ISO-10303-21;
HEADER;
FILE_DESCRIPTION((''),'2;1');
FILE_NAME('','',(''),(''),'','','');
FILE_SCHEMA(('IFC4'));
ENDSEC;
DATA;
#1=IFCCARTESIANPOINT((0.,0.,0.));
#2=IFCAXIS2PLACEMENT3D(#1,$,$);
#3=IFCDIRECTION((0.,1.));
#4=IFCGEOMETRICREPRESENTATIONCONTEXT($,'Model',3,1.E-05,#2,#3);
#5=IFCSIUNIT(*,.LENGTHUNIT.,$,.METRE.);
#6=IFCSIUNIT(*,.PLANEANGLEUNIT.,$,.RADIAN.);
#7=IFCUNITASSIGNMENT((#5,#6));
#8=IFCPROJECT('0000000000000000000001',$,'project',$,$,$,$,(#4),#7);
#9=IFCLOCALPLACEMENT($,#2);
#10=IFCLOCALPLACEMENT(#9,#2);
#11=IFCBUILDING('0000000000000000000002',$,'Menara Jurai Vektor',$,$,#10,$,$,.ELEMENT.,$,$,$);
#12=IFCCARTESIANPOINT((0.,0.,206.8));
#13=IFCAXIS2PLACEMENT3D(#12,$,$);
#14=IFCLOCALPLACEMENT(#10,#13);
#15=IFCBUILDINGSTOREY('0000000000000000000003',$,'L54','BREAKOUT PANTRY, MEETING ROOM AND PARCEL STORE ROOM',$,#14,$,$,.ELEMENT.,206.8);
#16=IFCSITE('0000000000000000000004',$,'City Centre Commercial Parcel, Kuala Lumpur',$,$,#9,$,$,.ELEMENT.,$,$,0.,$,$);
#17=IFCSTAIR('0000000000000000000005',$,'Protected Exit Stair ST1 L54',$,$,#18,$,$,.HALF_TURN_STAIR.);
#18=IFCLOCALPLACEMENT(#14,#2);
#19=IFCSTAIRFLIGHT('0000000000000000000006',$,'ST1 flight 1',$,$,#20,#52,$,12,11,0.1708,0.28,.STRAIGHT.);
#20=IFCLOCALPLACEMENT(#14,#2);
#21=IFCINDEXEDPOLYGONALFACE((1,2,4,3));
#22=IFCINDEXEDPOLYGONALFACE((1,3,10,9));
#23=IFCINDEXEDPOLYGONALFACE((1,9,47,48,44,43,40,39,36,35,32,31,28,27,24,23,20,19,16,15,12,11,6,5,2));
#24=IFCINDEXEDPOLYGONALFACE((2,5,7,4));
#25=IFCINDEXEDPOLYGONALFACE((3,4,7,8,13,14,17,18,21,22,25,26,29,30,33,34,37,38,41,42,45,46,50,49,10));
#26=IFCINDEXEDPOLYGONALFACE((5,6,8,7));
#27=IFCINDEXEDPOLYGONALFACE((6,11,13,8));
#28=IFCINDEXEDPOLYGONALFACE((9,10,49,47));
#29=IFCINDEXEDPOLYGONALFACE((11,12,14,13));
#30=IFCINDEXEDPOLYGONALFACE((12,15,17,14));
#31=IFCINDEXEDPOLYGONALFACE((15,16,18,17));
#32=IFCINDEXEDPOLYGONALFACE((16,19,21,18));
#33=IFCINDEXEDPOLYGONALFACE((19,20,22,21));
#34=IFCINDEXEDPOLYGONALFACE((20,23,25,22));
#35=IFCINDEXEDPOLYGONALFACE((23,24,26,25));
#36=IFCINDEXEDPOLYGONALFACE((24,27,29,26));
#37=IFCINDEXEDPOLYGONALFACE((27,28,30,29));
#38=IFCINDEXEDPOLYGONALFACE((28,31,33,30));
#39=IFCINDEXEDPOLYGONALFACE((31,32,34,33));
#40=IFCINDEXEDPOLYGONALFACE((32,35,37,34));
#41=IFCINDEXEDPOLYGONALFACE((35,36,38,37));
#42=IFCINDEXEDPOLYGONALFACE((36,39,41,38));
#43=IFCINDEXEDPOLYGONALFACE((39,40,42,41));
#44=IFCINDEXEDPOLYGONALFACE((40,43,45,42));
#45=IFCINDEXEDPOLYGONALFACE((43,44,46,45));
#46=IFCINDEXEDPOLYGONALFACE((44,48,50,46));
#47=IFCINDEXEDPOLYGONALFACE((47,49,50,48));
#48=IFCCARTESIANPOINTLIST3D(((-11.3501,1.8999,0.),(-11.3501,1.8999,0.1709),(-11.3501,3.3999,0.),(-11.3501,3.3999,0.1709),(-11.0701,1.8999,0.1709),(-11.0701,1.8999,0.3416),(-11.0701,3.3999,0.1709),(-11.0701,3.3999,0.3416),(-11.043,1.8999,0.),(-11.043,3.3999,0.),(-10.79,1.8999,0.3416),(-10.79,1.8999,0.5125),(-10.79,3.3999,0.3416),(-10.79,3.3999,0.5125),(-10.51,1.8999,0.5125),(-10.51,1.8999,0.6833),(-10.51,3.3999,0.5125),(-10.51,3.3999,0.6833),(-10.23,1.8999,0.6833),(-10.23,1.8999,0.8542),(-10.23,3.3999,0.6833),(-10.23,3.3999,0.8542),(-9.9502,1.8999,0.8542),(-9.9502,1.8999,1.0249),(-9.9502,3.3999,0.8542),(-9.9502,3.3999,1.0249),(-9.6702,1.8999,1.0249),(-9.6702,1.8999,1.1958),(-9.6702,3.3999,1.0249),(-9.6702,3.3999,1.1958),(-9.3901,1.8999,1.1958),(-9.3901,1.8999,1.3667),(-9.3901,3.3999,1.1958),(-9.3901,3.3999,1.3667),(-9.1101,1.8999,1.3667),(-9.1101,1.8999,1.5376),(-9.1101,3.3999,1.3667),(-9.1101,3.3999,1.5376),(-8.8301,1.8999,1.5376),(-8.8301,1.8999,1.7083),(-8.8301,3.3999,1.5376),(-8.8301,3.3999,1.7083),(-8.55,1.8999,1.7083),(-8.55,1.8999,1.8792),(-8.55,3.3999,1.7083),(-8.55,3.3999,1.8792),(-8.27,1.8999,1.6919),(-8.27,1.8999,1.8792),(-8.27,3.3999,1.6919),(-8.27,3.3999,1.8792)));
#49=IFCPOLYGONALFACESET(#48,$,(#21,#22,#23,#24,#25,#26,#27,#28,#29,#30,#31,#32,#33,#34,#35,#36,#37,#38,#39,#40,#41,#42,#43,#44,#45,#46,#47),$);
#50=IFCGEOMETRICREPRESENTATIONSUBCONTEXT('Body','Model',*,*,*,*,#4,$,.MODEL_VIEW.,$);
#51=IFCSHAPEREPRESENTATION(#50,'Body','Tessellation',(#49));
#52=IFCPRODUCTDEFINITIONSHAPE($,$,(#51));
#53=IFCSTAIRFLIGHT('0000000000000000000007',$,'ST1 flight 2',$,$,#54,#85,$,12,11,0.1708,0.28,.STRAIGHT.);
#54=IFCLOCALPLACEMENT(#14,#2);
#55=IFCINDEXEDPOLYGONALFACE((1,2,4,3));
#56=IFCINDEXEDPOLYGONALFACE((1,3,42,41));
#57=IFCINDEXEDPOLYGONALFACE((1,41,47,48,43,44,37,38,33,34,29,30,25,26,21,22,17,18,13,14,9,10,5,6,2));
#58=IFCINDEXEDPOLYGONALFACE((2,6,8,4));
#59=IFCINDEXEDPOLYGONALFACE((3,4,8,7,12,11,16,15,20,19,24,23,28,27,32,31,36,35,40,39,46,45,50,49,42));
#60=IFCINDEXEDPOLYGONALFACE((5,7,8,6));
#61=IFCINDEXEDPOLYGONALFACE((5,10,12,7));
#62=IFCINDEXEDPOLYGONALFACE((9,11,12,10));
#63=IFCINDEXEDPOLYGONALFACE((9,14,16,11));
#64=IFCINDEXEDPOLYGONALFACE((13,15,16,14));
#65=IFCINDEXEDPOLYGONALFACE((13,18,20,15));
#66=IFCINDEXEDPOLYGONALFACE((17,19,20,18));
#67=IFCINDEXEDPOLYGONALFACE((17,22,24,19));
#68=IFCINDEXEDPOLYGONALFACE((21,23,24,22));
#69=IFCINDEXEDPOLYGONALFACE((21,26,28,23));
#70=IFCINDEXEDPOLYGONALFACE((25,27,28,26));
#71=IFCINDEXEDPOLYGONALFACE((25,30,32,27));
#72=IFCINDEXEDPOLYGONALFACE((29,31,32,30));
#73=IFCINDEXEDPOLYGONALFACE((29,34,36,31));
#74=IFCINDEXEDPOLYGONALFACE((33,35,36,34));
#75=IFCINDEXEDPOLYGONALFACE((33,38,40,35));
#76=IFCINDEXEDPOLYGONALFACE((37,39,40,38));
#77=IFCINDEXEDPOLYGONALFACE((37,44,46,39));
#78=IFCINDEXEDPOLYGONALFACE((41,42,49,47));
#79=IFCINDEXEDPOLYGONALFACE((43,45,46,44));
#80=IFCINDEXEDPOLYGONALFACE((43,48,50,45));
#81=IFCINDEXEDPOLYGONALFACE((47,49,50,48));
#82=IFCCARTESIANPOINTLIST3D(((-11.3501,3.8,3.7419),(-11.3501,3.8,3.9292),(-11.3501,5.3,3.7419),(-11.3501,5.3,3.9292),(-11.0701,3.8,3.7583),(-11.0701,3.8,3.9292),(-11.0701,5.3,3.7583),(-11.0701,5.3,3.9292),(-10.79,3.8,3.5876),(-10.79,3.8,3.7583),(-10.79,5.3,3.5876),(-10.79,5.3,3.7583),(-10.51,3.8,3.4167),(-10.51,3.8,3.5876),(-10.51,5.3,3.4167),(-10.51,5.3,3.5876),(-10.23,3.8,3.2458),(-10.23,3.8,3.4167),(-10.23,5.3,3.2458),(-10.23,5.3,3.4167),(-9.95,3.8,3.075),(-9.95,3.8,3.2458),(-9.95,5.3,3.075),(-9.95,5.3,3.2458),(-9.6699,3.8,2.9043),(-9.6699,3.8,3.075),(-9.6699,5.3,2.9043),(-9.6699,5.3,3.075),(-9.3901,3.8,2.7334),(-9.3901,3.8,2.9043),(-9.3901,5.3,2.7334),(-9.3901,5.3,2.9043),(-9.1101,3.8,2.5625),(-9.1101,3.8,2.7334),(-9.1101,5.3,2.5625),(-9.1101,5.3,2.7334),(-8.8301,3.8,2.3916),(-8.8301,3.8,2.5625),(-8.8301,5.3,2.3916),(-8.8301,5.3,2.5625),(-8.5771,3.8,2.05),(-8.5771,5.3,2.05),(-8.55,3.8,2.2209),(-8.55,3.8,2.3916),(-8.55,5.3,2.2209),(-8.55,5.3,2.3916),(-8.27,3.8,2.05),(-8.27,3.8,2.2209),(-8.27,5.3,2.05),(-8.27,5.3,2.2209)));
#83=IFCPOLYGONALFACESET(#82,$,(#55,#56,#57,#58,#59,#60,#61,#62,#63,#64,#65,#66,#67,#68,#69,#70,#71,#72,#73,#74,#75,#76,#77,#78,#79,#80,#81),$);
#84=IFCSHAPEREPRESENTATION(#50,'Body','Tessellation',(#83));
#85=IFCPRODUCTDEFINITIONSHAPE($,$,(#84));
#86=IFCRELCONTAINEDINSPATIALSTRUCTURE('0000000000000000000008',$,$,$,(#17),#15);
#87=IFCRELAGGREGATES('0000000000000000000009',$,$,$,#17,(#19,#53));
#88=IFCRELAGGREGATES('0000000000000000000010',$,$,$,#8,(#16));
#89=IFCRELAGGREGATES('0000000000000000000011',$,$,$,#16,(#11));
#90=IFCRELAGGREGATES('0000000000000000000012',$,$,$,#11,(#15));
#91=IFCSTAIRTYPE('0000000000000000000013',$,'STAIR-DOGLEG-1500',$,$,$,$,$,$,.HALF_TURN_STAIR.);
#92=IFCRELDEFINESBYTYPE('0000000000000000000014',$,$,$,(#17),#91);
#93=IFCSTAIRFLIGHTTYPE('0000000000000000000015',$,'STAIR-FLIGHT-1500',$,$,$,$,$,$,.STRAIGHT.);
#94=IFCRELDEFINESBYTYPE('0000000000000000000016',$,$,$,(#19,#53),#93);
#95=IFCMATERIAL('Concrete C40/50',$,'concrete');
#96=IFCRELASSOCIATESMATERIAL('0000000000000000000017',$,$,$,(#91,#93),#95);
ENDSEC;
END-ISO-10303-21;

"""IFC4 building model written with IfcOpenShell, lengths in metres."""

from ifc_helpers import new_model, si_unit, direction, frame, origin, place, context, subcontext, project, spatial, polyline, outline, extrude, material, type_object, element, aggregate, save


model = new_model("IFC4")

# Units and contexts
model_context = context("Model", 3, precision=1e-05, world=origin(), true_north=direction((0.0, 1.0)))
body_context = subcontext(model_context, "Body", "Model", "MODEL_VIEW")
ifc_project = project(units=[si_unit("LENGTHUNIT", "METRE"), si_unit("PLANEANGLEUNIT", "RADIAN")], contexts=[model_context])

# Site, building, storey
site_placement = place(None, origin())
site = spatial("IfcSite", under=ifc_project, at=site_placement, Name="City Centre Commercial Parcel, Kuala Lumpur", CompositionType="ELEMENT", RefElevation=0.0)
building_placement = place(site_placement, origin())
building = spatial("IfcBuilding", under=site, at=building_placement, Name="Menara Jurai Vektor", CompositionType="ELEMENT")
storey_placement = place(building_placement, frame((0.0, 0.0, 206.8)))
storey = spatial("IfcBuildingStorey", under=building, at=storey_placement, Name="L54", Description="BREAKOUT PANTRY, MEETING ROOM AND PARCEL STORE ROOM", CompositionType="ELEMENT", Elevation=206.8)

# Shared definitions
ifc_material_1 = material(Name="Concrete C40/50", Category="concrete")

# Stair, stair flights
stair_type = type_object("IfcStairType", Name="STAIR-DOGLEG-1500", PredefinedType="HALF_TURN_STAIR", material=ifc_material_1)
stair_placement = place(storey_placement, origin())
stair = element("IfcStair", 1, at=stair_placement, inside=storey, type_object=stair_type, Name="Protected Exit Stair ST1 L54", PredefinedType="HALF_TURN_STAIR")
stair_flight_type = type_object("IfcStairFlightType", Name="STAIR-FLIGHT-1500", PredefinedType="STRAIGHT", material=ifc_material_1)
stair_flight_1_placement = place(storey_placement, frame((-11.3501, 2.6499, 0.0), z_axis=(0.0, 0.0, 1.0), x_axis=(1.0, 0.0, 0.0)))
stair_flight_1 = element("IfcStairFlight", 2, at=stair_flight_1_placement, type_object=stair_flight_type, Name="ST1 flight 1", NumberOfRisers=12, NumberOfTreads=11, PredefinedType="STRAIGHT", RiserHeight=0.1708, TreadLength=0.28, context=body_context, shape_type="SweptSolid", body=[
    extrude(outline(polyline([(0.0, 0.0), (0.0, 0.1709), (0.28, 0.1709), (0.28, 0.3416), (0.5601, 0.3416), (0.5601, 0.5125), (0.8401, 0.5125), (0.8401, 0.6833), (1.1201, 0.6833), (1.1201, 0.8542), (1.3999, 0.8542), (1.3999, 1.0249), (1.6799, 1.0249), (1.6799, 1.1958), (1.96, 1.1958), (1.96, 1.3667), (2.24, 1.3667), (2.24, 1.5376), (2.52, 1.5376), (2.52, 1.7083), (2.8, 1.7083), (2.8, 1.8792), (3.0801, 1.8792), (3.0801, 2.05), (3.0801, 1.6919), (0.3071, 0.0), (0.0, 0.0)])), frame((0.0, 0.75, 0.0), z_axis=(0.0, -1.0, 0.0), x_axis=(1.0, 0.0, 0.0)), (0.0, 0.0, 1.0), 1.5),
])
stair_flight_2_placement = place(storey_placement, frame((-8.27, 4.55, 2.05), z_axis=(0.0, 0.0, 1.0), x_axis=(-1.0, 0.0, 0.0)))
stair_flight_2 = element("IfcStairFlight", 3, at=stair_flight_2_placement, type_object=stair_flight_type, Name="ST1 flight 2", NumberOfRisers=12, NumberOfTreads=11, PredefinedType="STRAIGHT", RiserHeight=0.1708, TreadLength=0.28, context=body_context, shape_type="SweptSolid", body=[
    extrude(outline(polyline([(0.0, 0.0), (0.0, 0.1709), (0.28, 0.1709), (0.28, 0.3416), (0.5601, 0.3416), (0.5601, 0.5125), (0.8401, 0.5125), (0.8401, 0.6833), (1.1201, 0.6833), (1.1201, 0.8542), (1.3999, 0.8542), (1.3999, 1.0249), (1.6799, 1.0249), (1.6799, 1.1958), (1.96, 1.1958), (1.96, 1.3667), (2.24, 1.3667), (2.24, 1.5376), (2.52, 1.5376), (2.52, 1.7083), (2.8, 1.7083), (2.8, 1.8792), (3.0801, 1.8792), (3.0801, 2.05), (3.0801, 1.6919), (0.3071, 0.0), (0.0, 0.0)])), frame((0.0, 0.75, 0.0), z_axis=(0.0, -1.0, 0.0), x_axis=(1.0, 0.0, 0.0)), (0.0, 0.0, 1.0), 1.5),
])
aggregate(stair, [stair_flight_1, stair_flight_2])

save(model, "model.ifc")
